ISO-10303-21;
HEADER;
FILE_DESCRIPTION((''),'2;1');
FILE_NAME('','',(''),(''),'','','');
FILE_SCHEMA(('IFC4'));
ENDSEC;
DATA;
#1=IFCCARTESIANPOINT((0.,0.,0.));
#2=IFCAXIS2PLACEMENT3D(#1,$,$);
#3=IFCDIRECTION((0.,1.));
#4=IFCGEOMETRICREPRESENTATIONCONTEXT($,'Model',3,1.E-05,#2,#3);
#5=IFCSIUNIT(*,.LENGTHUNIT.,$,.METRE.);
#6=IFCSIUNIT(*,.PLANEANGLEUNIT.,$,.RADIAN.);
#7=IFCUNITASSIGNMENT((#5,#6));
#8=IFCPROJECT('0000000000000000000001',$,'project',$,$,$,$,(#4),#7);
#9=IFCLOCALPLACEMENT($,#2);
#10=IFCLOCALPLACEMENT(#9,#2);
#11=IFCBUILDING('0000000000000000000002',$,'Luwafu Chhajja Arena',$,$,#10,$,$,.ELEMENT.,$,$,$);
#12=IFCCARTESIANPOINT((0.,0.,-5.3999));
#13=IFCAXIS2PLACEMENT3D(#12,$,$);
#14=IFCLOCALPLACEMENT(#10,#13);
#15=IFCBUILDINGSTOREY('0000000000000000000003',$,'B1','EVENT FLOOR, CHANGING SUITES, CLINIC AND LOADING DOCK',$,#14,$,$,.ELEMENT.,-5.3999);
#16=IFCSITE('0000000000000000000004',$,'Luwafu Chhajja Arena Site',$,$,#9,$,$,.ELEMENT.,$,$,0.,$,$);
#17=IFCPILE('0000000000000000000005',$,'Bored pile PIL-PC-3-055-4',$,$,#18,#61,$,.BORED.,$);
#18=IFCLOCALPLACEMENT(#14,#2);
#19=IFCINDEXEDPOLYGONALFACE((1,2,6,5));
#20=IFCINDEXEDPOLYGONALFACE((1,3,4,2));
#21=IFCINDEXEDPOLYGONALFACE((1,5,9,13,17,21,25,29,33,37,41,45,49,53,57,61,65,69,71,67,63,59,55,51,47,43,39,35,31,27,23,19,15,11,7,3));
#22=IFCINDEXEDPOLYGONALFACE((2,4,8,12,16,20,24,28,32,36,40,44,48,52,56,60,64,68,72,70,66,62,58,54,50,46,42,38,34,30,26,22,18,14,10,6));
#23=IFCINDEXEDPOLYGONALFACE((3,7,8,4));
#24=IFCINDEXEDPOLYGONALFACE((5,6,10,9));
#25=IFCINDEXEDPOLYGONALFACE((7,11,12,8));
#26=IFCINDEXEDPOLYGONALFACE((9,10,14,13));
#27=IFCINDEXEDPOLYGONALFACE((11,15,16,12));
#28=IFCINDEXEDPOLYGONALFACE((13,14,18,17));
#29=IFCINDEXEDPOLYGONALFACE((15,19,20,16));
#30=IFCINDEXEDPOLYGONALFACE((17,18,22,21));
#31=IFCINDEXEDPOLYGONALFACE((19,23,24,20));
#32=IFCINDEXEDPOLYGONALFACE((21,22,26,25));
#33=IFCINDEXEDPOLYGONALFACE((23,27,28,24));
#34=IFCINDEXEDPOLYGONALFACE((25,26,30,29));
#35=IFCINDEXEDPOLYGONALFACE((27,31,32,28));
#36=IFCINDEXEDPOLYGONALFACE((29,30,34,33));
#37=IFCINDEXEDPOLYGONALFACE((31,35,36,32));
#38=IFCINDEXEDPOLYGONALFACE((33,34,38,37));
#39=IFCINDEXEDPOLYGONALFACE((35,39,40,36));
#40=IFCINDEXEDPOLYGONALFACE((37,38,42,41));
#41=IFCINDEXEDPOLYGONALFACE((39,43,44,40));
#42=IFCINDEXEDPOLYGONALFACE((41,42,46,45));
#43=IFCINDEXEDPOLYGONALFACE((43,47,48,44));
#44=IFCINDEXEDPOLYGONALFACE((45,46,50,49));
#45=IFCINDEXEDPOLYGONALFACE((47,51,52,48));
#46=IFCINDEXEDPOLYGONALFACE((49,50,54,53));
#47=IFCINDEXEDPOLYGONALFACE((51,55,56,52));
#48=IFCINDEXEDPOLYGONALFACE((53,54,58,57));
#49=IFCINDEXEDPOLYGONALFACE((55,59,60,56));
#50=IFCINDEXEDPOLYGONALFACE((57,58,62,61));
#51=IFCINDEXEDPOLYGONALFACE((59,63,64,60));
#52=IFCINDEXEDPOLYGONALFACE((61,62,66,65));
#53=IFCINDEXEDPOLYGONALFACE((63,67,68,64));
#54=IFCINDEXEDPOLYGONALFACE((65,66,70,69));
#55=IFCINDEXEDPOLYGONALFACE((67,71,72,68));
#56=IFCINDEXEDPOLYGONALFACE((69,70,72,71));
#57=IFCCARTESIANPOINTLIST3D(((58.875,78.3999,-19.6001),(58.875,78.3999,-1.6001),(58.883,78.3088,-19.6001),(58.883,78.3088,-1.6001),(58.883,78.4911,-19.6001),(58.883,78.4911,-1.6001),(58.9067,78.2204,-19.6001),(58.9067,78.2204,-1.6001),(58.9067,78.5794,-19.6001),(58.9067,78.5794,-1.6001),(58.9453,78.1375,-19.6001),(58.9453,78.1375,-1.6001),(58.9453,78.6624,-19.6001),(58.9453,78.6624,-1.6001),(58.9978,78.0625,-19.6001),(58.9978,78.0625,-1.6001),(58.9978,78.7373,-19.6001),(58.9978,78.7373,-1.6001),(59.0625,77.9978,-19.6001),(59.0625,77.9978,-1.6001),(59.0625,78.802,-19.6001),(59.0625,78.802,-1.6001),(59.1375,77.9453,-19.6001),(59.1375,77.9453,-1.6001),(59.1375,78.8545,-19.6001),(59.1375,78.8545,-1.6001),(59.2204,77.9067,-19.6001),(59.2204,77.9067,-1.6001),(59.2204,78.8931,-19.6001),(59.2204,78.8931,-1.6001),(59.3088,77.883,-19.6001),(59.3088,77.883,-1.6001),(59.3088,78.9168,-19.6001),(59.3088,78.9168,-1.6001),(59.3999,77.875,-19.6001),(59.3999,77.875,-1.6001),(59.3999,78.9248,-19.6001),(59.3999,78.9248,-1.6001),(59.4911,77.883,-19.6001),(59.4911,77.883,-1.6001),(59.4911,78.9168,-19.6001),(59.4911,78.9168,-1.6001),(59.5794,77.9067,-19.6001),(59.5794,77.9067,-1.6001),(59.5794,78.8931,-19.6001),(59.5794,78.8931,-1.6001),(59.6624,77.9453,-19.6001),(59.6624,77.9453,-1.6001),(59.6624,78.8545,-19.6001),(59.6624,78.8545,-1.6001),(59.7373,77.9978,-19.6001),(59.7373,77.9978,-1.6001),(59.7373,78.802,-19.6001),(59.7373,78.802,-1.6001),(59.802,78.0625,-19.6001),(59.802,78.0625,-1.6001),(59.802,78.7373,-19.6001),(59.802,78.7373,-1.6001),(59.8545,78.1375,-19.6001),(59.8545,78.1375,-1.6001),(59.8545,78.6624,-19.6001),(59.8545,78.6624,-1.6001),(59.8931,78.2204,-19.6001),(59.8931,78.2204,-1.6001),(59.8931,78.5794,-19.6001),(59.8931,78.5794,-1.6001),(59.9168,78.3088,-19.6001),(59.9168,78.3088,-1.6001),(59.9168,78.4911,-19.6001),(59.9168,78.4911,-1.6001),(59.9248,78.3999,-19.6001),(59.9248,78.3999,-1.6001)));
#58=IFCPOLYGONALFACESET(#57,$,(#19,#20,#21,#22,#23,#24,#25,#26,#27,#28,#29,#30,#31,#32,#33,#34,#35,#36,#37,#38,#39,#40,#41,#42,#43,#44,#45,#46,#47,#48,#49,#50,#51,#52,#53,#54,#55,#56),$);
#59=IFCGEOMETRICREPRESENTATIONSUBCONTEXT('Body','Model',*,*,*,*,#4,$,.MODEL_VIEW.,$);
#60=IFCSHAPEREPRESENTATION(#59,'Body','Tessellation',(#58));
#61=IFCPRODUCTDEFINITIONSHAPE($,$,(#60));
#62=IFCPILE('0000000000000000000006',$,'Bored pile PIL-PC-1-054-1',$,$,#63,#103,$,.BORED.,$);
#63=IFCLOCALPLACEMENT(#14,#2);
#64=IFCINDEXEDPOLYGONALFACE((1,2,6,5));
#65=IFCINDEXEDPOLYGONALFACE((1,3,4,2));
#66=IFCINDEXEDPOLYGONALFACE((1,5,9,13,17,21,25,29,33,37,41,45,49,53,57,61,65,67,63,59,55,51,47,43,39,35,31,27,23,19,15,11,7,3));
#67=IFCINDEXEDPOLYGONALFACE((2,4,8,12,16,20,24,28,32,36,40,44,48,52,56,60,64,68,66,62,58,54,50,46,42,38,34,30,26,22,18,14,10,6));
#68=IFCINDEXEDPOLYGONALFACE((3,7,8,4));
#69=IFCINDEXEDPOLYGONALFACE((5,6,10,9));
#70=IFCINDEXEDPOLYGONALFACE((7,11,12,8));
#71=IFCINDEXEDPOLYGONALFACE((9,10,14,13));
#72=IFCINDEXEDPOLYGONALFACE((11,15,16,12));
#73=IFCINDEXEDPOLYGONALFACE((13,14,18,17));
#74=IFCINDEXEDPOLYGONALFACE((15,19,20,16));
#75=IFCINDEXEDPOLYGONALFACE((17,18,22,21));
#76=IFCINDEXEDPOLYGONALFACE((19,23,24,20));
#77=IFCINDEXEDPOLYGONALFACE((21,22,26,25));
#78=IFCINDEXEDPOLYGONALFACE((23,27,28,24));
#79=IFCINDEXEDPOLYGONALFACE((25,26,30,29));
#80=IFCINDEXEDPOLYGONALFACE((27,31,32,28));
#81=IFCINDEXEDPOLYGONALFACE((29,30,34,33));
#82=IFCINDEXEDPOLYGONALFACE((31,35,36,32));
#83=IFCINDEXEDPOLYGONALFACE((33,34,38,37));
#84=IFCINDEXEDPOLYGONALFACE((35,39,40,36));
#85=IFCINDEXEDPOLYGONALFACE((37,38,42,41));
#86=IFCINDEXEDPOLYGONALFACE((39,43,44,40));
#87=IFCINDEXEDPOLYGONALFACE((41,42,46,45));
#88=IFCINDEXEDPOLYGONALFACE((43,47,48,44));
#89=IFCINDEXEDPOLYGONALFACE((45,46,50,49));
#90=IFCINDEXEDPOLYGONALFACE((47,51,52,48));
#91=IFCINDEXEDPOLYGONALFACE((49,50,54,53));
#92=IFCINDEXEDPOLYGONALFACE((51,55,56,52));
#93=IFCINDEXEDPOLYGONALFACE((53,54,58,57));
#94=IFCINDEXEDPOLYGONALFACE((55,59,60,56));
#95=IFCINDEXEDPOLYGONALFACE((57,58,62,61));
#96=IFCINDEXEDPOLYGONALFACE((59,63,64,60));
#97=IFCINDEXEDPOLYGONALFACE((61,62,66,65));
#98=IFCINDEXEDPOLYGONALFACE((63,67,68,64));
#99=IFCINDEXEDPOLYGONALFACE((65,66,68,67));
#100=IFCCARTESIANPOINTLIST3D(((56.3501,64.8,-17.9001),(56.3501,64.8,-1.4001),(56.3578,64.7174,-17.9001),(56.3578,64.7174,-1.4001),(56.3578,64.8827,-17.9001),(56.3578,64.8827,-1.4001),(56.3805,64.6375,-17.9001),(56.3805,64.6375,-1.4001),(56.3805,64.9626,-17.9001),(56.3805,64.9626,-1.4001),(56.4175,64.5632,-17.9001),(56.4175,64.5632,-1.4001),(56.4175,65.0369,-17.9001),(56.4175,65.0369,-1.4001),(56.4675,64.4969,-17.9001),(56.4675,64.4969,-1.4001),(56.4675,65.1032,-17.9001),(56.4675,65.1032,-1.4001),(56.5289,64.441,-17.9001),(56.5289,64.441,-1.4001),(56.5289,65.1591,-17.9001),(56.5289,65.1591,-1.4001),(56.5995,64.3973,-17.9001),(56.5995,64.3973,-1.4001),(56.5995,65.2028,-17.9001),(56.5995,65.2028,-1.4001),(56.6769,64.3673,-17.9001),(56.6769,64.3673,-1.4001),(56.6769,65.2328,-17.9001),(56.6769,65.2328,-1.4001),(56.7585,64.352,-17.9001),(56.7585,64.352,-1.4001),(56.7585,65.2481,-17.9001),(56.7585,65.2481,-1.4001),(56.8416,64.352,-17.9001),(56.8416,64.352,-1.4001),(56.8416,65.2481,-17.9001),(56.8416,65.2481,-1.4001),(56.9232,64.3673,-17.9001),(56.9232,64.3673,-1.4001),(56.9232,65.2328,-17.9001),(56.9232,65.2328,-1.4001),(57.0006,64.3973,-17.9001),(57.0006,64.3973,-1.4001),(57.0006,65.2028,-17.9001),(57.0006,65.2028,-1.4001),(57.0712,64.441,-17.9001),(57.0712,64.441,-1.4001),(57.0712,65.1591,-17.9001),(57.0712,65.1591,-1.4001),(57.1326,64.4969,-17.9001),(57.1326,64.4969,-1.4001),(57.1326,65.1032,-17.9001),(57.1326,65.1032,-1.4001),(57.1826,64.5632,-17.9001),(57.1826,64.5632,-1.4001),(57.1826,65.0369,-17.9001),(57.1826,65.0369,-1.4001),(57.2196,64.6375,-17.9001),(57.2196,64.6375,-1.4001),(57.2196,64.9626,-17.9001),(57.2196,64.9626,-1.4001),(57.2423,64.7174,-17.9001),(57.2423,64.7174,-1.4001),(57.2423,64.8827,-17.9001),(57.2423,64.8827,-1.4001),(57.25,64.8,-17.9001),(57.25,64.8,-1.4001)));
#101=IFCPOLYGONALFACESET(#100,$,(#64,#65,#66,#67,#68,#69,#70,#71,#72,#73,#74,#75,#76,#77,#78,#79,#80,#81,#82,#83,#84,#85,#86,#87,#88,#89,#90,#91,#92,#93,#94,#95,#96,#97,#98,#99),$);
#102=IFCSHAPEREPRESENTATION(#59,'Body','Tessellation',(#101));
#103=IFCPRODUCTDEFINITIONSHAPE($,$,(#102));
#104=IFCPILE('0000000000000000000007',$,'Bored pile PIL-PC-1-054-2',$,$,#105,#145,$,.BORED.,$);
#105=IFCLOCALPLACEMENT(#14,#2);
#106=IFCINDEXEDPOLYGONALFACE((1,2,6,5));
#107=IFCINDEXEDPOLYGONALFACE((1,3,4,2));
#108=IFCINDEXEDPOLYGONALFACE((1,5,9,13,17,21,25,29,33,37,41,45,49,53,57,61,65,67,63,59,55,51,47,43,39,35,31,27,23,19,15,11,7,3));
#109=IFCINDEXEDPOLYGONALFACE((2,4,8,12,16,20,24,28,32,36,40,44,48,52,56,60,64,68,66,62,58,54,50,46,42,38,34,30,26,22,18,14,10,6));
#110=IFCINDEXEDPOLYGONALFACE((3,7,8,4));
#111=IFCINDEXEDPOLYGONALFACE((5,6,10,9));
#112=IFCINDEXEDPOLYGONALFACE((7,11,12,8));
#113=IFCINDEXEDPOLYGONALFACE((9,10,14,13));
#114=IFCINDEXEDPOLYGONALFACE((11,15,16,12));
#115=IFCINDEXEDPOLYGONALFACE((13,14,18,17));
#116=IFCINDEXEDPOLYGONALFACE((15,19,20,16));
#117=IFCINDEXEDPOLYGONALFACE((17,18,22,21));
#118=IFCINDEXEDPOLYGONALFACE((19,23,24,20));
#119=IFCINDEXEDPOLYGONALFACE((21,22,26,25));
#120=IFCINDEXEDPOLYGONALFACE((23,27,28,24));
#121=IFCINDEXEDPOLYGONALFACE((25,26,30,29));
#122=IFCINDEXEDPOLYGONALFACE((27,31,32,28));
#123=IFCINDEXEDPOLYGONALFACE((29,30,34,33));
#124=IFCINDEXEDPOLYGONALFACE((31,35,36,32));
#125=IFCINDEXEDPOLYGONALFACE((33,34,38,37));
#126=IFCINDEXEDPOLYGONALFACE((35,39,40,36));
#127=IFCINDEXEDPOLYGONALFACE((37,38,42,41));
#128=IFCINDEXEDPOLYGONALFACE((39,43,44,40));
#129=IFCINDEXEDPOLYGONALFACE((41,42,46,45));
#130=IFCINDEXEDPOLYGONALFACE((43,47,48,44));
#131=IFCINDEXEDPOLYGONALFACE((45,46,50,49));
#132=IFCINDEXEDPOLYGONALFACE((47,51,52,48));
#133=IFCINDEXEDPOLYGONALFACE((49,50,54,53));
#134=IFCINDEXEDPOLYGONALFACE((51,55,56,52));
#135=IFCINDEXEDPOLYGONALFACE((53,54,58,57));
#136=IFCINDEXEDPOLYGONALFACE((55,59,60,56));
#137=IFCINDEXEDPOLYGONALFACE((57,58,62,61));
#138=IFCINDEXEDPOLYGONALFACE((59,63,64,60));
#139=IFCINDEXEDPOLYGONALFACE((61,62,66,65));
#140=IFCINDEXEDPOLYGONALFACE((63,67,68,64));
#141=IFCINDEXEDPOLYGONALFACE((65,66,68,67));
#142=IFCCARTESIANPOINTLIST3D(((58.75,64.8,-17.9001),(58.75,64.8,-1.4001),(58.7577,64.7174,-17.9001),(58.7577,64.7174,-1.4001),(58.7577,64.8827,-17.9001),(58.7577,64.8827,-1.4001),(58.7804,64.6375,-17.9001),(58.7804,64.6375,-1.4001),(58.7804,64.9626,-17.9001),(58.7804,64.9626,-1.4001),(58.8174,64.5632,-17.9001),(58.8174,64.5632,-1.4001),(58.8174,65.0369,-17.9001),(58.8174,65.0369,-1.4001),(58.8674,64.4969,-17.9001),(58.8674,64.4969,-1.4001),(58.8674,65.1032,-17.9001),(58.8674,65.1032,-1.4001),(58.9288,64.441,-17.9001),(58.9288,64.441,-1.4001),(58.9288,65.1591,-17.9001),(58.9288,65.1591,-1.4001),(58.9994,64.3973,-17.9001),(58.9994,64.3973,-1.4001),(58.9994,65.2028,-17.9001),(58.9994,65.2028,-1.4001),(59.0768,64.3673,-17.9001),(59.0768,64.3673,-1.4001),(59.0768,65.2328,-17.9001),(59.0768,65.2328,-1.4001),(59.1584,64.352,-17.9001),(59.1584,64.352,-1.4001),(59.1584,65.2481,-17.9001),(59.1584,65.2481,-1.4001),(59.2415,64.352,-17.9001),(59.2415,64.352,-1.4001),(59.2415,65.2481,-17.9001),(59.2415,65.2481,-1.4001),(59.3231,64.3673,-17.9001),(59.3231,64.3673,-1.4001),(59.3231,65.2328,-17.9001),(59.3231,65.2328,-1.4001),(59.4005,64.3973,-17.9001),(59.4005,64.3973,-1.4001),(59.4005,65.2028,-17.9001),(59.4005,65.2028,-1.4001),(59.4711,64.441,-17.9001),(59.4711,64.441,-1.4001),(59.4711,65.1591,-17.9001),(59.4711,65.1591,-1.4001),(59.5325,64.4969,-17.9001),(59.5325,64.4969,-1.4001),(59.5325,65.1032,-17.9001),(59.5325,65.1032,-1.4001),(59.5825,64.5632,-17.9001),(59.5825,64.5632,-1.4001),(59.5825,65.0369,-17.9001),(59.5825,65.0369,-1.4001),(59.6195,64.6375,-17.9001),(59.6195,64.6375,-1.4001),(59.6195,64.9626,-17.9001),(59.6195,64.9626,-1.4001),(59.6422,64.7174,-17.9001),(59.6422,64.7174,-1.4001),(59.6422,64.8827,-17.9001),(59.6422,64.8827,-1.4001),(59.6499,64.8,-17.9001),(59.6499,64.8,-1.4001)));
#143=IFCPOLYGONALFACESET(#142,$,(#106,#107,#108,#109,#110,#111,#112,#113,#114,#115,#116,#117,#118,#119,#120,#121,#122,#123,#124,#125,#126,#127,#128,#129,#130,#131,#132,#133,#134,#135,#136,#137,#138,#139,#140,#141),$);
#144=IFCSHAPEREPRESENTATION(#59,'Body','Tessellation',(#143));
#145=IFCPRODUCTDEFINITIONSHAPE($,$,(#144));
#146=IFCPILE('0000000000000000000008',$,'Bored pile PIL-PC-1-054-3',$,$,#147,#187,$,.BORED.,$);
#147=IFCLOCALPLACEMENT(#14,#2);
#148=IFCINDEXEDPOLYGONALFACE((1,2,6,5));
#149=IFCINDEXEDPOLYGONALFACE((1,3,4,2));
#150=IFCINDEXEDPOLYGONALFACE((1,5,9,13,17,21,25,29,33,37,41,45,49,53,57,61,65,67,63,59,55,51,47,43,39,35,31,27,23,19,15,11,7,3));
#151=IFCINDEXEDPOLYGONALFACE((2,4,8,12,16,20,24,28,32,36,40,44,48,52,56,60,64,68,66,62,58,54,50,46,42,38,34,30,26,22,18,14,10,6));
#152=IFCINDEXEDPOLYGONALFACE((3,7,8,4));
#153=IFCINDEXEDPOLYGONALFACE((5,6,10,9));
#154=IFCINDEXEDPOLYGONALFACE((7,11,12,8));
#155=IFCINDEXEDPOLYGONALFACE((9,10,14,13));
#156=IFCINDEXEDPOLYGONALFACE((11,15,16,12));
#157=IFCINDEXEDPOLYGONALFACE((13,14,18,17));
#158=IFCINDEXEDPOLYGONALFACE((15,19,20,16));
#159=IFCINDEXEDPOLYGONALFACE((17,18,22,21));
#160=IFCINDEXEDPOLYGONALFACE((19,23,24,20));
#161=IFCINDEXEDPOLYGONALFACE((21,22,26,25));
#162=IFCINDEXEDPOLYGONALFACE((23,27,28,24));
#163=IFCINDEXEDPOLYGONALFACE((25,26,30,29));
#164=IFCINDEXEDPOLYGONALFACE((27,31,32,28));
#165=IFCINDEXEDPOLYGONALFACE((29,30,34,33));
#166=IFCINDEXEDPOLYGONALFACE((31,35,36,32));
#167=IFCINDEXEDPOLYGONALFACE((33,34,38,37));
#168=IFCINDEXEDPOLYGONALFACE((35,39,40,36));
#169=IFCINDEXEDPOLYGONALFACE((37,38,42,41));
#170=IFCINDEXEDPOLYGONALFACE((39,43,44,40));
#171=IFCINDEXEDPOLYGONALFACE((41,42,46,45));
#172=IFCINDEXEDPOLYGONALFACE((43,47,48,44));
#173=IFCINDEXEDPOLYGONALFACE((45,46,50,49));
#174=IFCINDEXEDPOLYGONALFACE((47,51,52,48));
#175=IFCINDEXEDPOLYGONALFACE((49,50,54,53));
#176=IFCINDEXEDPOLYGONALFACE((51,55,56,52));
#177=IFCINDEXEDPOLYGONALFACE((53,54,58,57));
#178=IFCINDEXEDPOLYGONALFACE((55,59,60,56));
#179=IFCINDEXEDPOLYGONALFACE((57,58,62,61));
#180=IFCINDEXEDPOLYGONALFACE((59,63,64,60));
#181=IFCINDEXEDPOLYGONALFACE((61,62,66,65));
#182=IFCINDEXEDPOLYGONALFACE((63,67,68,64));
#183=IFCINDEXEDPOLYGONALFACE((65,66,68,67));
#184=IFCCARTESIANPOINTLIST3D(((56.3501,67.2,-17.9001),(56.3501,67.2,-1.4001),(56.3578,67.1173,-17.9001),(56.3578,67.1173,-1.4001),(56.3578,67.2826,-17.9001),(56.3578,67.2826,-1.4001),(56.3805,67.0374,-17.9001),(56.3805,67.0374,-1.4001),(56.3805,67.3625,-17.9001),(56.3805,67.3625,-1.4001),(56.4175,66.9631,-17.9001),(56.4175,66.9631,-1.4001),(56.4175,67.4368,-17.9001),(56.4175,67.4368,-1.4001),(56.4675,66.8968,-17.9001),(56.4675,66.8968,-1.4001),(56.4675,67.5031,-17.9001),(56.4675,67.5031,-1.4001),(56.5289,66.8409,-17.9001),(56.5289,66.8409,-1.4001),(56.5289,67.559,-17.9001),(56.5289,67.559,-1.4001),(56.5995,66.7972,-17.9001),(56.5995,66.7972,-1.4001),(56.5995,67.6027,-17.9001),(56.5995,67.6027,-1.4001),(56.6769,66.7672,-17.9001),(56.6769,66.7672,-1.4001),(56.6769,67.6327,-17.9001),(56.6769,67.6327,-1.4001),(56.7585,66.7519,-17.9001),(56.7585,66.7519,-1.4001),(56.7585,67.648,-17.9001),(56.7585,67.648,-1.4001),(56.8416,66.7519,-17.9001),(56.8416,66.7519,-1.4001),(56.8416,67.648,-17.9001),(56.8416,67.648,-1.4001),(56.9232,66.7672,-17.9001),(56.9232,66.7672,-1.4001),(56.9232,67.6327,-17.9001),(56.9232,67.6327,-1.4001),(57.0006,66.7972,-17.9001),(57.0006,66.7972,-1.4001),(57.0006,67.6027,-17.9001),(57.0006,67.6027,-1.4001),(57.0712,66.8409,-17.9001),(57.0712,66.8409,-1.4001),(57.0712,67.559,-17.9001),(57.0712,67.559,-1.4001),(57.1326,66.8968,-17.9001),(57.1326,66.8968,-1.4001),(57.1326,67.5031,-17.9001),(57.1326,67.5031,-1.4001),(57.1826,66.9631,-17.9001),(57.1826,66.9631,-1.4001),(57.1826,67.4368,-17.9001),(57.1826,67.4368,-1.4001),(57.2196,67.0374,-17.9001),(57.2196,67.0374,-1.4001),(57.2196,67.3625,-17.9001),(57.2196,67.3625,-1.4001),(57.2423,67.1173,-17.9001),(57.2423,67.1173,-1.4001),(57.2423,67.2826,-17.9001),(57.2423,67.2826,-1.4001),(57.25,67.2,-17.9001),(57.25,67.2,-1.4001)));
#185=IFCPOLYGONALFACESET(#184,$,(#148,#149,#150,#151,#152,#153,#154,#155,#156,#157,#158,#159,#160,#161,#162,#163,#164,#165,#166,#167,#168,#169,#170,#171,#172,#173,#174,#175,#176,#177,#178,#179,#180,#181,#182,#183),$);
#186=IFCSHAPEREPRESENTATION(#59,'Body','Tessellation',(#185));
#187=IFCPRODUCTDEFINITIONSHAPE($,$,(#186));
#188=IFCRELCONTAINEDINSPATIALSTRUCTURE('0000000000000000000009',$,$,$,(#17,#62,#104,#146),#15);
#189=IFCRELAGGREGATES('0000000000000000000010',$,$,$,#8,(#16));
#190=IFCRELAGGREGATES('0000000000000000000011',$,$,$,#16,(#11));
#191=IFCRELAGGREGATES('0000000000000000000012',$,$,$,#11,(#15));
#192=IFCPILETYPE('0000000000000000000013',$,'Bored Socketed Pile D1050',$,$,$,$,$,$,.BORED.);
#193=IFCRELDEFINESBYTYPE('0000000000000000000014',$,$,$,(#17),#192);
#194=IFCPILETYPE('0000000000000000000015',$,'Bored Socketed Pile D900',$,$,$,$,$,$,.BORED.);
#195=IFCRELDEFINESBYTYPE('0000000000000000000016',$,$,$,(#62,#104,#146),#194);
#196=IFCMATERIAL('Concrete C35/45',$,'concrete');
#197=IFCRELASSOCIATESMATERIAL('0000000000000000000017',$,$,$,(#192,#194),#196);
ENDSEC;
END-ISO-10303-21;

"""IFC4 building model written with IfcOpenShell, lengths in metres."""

from ifc_helpers import new_model, si_unit, direction, frame, origin, origin_2d, place, context, subcontext, project, spatial, circle, extrude, material, material_profile, profile_set, type_object, element, save


model = new_model("IFC4")

# Units and contexts
model_context = context("Model", 3, precision=1e-05, world=origin(), true_north=direction((0.0, 1.0)))
body_context = subcontext(model_context, "Body", "Model", "MODEL_VIEW")
ifc_project = project(units=[si_unit("LENGTHUNIT", "METRE"), si_unit("PLANEANGLEUNIT", "RADIAN")], contexts=[model_context])

# Site, building, storey
site_placement = place(None, origin())
site = spatial("IfcSite", under=ifc_project, at=site_placement, Name="Luwafu Chhajja Arena Site", CompositionType="ELEMENT", RefElevation=0.0)
building_placement = place(site_placement, origin())
building = spatial("IfcBuilding", under=site, at=building_placement, Name="Luwafu Chhajja Arena", CompositionType="ELEMENT")
storey_placement = place(building_placement, frame((0.0, 0.0, -5.3999)))
storey = spatial("IfcBuildingStorey", under=building, at=storey_placement, Name="B1", Description="EVENT FLOOR, CHANGING SUITES, CLINIC AND LOADING DOCK", CompositionType="ELEMENT", Elevation=-5.3999)

# Shared definitions
ifc_material_1 = material(Name="Concrete C35/45", Category="concrete")

# Piles
ifc_material_profile_1 = material_profile(ifc_material_1, circle(Radius=0.5249, at=origin_2d()), Name="PILE D1050")
ifc_profile_set_1 = profile_set([ifc_material_profile_1], Name="Concrete C35/45")
pile_type_1 = type_object("IfcPileType", Name="Bored Socketed Pile D1050", PredefinedType="BORED", material=ifc_profile_set_1)
for number, where, z_axis, x_axis, name in (
    (1, (59.3999, 78.3999, -1.6001), (0.0, 0.0, -1.0), (1.0, 0.0, 0.0), "Bored pile PIL-PC-3-055-4"),
):
    element("IfcPile", number, at=place(storey_placement, frame(where, z_axis=z_axis, x_axis=x_axis)), inside=storey, type_object=pile_type_1, Name=name, PredefinedType="BORED", context=body_context, shape_type="SweptSolid", body=[
        extrude(circle(Radius=0.5249, at=origin_2d()), origin(), (0.0, 0.0, 1.0), 18.0),
    ])
ifc_material_profile_2 = material_profile(ifc_material_1, circle(Radius=0.45, at=origin_2d()), Name="PILE D900")
ifc_profile_set_2 = profile_set([ifc_material_profile_2], Name="Concrete C35/45")
pile_type_2 = type_object("IfcPileType", Name="Bored Socketed Pile D900", PredefinedType="BORED", material=ifc_profile_set_2)
for number, where, z_axis, x_axis, name in (
    (2, (56.8, 64.8, -1.4001), (0.0, 0.0, -1.0), (1.0, 0.0, 0.0), "Bored pile PIL-PC-1-054-1"),
    (3, (59.2, 64.8, -1.4001), (0.0, 0.0, -1.0), (1.0, 0.0, 0.0), "Bored pile PIL-PC-1-054-2"),
    (4, (56.8, 67.2, -1.4001), (0.0, 0.0, -1.0), (1.0, 0.0, 0.0), "Bored pile PIL-PC-1-054-3"),
):
    element("IfcPile", number, at=place(storey_placement, frame(where, z_axis=z_axis, x_axis=x_axis)), inside=storey, type_object=pile_type_2, Name=name, PredefinedType="BORED", context=body_context, shape_type="SweptSolid", body=[
        extrude(circle(Radius=0.45, at=origin_2d()), origin(), (0.0, 0.0, 1.0), 16.5),
    ])

save(model, "model.ifc")
